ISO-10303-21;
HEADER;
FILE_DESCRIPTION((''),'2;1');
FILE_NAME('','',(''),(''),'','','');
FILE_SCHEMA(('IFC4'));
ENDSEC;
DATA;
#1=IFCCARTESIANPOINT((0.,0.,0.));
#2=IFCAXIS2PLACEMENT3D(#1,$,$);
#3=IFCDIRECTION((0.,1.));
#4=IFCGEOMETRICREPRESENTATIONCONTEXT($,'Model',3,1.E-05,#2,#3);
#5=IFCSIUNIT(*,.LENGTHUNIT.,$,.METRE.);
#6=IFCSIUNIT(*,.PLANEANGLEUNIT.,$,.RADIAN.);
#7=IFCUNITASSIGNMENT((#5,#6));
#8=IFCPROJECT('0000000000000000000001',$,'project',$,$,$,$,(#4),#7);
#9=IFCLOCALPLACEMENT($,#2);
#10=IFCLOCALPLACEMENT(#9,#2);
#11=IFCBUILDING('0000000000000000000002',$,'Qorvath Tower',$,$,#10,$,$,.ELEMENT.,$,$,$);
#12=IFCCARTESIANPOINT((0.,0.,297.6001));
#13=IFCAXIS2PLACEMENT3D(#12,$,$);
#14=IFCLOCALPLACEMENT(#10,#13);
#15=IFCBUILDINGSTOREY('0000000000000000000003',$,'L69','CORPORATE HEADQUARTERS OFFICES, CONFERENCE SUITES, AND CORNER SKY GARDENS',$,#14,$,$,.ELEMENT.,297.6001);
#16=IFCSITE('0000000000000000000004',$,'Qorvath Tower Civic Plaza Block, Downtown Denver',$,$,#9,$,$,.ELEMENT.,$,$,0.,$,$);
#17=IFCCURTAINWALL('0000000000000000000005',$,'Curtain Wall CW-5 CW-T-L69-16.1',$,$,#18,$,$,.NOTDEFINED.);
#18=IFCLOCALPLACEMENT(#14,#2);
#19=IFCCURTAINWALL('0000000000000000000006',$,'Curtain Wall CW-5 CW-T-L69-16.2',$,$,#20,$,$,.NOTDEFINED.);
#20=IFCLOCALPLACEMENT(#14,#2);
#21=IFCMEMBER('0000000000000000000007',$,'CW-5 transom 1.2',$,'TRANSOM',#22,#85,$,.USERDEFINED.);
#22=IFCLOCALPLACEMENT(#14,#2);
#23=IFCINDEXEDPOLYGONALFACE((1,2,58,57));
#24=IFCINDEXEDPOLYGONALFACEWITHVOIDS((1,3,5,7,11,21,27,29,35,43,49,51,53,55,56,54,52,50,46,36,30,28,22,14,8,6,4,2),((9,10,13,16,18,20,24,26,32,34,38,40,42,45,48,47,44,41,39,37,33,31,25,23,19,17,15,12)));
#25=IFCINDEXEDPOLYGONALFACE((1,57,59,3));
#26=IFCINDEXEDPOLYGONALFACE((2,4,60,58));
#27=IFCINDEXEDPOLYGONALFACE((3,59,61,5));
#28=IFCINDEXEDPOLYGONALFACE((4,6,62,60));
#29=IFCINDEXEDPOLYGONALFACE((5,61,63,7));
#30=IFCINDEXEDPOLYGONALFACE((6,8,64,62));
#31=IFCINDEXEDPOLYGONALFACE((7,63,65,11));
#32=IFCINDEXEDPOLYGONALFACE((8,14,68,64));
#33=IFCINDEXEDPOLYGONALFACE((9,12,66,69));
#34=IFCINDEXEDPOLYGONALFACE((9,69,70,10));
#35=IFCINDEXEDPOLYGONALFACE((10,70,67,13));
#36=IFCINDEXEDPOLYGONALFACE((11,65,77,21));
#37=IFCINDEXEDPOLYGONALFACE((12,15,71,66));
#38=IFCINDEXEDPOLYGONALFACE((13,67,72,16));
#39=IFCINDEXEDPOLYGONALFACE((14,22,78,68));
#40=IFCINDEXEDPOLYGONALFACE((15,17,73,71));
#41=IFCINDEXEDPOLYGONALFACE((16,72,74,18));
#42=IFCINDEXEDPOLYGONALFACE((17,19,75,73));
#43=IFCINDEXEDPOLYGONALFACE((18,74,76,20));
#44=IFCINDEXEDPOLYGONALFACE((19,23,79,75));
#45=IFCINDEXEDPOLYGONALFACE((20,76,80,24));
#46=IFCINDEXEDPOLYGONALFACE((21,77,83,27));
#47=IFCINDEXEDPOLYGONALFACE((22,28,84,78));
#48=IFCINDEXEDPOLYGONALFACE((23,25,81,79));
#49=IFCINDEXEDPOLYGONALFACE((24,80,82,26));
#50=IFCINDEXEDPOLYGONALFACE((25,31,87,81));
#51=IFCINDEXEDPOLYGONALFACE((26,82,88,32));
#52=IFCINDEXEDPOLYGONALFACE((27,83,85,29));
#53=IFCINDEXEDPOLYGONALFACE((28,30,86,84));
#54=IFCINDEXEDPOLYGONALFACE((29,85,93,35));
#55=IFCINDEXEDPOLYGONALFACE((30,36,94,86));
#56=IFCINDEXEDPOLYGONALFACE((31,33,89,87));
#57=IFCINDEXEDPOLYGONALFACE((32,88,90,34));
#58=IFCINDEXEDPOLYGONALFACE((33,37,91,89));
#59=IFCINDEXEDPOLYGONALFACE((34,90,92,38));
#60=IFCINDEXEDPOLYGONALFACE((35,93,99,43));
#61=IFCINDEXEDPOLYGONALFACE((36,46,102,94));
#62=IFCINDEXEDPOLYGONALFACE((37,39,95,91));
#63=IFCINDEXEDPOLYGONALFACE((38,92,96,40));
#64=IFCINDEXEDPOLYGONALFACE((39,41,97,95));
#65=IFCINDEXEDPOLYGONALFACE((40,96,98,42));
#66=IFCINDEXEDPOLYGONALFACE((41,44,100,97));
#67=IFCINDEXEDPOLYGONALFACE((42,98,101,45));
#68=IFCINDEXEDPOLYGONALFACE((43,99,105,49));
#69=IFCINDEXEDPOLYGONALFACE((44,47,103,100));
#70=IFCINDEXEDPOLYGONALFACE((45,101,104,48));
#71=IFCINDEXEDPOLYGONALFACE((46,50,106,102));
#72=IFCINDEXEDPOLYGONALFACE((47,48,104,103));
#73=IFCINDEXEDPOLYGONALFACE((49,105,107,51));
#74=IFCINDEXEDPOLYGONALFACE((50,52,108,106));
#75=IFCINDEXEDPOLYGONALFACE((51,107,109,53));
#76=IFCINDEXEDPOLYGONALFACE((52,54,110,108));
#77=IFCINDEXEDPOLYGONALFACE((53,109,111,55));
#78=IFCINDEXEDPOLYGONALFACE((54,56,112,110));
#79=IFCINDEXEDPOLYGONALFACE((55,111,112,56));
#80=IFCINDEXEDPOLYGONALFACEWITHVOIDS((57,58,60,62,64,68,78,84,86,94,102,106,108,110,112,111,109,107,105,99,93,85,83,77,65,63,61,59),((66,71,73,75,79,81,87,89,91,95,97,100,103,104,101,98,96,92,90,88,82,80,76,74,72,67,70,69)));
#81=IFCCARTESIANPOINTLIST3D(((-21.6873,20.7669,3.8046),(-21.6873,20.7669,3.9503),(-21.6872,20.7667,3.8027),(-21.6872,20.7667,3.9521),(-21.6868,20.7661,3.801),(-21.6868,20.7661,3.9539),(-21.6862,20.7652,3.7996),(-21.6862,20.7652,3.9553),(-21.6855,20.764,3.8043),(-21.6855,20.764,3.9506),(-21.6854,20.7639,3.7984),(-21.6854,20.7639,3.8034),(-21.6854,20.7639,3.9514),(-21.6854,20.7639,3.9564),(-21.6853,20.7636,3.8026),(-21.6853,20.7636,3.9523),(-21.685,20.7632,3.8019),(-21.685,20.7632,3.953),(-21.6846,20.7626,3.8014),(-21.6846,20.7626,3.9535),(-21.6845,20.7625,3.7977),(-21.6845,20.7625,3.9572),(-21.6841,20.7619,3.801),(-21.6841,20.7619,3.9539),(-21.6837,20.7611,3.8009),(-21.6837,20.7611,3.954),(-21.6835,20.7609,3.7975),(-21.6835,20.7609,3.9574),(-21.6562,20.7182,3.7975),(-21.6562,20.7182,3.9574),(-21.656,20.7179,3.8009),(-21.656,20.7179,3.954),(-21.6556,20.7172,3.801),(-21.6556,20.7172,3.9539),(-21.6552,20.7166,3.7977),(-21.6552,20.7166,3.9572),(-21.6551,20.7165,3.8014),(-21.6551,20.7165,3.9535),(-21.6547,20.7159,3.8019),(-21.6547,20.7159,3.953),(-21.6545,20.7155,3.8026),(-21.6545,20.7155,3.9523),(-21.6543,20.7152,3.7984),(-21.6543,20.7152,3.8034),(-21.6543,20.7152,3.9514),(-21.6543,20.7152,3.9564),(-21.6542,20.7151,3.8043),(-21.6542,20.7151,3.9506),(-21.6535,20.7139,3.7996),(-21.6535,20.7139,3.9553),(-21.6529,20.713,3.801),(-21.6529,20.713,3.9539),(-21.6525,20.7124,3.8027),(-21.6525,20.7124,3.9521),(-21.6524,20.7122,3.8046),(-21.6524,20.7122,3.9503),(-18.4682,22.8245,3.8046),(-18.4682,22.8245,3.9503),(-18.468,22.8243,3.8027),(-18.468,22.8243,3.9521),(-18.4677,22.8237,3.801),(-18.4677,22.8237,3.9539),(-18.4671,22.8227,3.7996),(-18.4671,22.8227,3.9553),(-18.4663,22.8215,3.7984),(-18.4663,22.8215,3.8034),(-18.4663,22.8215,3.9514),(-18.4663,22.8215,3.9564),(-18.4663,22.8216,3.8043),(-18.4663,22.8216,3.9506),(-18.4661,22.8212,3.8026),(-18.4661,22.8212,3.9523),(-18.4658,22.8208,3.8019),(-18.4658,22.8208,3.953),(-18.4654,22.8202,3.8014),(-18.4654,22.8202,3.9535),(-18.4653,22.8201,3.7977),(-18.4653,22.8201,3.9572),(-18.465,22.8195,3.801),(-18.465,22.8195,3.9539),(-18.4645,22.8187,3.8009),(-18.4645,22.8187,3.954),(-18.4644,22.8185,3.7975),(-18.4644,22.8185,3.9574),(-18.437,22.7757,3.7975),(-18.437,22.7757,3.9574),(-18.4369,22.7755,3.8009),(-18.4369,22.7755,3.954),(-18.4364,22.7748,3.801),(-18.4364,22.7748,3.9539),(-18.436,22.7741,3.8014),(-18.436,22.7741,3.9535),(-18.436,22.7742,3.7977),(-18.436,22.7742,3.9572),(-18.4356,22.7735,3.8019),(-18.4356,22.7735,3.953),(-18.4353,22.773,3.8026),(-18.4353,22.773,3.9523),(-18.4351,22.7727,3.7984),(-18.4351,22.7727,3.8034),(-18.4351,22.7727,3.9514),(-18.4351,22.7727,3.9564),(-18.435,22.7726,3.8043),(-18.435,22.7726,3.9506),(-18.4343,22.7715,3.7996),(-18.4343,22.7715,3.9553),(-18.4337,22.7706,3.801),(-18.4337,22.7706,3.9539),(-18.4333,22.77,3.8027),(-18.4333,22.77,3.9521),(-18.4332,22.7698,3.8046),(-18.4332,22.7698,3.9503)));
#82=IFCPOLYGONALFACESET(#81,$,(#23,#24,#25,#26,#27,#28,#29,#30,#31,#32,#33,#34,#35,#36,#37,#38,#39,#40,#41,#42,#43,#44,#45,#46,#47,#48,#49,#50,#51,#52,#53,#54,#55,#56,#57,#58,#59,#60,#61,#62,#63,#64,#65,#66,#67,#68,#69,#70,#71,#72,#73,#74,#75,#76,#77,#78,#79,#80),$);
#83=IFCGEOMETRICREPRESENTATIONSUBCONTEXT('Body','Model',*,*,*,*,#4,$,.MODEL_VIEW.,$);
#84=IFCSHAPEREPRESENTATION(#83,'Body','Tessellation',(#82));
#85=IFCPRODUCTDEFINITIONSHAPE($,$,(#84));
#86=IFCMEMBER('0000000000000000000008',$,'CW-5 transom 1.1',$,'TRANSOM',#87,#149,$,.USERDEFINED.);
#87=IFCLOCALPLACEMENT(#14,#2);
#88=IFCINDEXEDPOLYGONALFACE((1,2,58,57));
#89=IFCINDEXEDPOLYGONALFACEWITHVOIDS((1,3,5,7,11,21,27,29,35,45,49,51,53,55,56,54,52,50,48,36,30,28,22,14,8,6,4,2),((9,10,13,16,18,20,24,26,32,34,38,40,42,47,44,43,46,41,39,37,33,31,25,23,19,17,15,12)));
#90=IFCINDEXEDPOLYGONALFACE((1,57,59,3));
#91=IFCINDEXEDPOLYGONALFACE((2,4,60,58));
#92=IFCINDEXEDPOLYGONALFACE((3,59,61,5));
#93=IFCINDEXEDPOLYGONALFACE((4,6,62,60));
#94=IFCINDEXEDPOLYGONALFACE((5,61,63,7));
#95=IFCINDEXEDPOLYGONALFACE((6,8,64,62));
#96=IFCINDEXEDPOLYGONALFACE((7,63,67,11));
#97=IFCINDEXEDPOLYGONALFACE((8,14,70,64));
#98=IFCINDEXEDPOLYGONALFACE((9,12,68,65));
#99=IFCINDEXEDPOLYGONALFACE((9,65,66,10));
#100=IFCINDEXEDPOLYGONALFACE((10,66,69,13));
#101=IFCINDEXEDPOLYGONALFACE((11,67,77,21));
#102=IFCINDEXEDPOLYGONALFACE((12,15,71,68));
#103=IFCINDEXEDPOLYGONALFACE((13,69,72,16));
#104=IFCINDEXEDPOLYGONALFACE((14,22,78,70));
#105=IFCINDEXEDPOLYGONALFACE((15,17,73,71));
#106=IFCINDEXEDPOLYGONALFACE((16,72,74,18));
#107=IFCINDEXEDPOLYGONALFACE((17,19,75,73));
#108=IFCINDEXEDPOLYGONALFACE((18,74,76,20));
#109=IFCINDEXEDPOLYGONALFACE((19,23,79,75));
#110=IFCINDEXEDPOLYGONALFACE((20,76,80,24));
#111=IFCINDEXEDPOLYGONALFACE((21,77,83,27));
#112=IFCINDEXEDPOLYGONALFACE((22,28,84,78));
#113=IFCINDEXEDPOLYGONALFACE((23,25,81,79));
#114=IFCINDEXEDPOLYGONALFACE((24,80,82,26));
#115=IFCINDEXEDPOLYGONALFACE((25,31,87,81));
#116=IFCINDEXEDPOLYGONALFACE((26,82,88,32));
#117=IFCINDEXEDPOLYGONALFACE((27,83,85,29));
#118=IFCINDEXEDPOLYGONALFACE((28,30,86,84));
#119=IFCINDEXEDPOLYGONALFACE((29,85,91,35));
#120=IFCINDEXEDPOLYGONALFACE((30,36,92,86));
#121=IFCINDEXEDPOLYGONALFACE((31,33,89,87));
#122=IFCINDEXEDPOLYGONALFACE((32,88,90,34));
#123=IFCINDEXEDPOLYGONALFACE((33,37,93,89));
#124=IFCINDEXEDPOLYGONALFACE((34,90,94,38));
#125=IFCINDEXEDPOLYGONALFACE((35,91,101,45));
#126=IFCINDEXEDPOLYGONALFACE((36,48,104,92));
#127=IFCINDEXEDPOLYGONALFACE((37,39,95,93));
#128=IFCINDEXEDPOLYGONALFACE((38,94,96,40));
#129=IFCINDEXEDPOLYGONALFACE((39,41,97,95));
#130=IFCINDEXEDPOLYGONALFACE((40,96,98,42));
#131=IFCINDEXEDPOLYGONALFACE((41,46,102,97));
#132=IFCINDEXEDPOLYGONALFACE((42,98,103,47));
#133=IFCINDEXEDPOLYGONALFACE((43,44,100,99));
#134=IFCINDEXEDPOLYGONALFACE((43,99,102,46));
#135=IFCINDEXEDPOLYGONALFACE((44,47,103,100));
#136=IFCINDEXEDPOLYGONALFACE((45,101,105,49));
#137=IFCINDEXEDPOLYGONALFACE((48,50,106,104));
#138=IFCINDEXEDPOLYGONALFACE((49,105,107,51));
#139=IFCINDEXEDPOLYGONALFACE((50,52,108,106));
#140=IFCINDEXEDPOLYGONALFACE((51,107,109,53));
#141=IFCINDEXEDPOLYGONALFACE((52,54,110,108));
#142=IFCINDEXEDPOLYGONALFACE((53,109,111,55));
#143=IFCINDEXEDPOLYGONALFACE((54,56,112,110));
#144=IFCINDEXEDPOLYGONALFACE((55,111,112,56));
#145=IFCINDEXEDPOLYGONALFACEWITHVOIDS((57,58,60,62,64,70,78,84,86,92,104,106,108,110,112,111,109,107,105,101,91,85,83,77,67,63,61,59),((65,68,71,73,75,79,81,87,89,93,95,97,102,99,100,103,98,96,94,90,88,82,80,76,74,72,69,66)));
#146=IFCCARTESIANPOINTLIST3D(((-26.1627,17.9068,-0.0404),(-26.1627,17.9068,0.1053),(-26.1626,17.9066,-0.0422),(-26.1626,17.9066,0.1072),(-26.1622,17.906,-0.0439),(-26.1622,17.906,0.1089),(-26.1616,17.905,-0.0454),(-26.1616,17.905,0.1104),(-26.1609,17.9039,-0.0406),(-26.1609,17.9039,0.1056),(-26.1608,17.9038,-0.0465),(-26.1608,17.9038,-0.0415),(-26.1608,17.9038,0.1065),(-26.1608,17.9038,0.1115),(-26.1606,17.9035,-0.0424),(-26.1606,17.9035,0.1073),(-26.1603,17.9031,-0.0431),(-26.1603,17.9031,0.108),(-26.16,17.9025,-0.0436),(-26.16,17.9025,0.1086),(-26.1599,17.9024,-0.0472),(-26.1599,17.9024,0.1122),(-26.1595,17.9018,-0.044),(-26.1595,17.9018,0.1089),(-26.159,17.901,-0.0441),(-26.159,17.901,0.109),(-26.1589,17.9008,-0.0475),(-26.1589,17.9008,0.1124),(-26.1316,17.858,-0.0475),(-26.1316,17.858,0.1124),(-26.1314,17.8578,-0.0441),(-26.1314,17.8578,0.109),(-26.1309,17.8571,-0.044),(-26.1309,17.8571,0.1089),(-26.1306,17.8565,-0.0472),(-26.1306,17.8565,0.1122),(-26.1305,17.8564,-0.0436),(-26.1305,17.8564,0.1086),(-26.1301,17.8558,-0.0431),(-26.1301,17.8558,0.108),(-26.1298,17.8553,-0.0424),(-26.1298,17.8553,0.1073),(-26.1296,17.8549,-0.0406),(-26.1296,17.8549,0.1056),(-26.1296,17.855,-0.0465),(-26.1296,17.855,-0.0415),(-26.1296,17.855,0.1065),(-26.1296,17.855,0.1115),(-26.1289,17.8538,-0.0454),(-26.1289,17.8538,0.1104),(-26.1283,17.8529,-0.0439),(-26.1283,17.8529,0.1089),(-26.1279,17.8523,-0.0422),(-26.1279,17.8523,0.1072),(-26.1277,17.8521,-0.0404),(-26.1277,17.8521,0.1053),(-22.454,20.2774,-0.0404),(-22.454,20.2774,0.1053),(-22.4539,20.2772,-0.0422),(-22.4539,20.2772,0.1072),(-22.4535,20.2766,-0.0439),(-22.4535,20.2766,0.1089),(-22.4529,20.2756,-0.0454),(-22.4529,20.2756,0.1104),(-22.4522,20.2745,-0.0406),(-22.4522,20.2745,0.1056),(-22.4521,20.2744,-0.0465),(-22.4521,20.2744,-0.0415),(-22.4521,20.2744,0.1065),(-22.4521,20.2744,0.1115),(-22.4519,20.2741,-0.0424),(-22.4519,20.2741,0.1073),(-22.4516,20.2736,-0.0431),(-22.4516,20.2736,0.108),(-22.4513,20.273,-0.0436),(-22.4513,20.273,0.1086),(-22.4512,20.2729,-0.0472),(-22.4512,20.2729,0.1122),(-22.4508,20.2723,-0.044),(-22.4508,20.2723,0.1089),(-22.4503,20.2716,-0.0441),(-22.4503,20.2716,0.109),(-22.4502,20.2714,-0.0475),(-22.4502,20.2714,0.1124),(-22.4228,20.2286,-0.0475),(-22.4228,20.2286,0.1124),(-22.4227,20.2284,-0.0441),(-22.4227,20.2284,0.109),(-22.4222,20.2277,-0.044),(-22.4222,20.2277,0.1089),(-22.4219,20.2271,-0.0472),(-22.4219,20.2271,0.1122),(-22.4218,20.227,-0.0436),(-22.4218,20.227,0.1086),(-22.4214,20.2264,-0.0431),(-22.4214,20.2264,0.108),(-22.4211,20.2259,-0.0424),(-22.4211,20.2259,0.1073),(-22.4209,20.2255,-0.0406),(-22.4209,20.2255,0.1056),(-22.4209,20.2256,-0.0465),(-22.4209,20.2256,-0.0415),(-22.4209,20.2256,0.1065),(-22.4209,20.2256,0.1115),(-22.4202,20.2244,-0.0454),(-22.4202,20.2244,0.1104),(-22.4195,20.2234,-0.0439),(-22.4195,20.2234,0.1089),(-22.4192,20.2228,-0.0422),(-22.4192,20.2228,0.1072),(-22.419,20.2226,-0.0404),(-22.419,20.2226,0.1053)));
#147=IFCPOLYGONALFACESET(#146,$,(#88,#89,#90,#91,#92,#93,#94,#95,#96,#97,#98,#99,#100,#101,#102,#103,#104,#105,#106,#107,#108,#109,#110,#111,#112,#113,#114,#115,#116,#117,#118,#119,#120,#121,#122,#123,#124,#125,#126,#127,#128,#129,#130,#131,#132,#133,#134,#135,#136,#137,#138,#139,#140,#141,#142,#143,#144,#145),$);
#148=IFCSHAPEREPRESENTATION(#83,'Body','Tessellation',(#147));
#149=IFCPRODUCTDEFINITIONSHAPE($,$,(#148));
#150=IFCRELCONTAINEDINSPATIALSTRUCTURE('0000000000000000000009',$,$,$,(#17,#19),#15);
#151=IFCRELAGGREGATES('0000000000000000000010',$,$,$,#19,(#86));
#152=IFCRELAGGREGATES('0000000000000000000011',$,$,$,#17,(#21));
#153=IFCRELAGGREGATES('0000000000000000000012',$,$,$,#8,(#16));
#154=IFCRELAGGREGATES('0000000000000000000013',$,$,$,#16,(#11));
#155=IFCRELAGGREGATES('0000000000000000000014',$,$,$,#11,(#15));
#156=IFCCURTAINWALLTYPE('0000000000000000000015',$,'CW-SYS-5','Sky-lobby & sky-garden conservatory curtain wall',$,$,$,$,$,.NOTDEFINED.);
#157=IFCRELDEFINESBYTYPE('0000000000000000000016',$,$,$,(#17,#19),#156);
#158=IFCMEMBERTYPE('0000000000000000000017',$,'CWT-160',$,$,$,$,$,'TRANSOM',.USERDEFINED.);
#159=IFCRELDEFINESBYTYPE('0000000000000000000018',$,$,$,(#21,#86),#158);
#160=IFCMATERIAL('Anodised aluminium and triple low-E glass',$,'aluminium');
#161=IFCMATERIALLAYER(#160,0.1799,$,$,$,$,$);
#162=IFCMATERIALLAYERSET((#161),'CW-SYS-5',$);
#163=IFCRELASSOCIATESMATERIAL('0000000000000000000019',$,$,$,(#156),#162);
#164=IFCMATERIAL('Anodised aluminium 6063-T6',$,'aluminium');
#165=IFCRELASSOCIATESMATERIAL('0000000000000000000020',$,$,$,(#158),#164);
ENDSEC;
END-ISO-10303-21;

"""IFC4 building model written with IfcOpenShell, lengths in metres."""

from ifc_helpers import new_model, si_unit, direction, frame, origin, origin_2d, place, context, subcontext, project, spatial, hollow_rectangle, extrude, material, layer, layer_set, material_profile, profile_set, type_object, element, aggregate, save


model = new_model("IFC4")

# Units and contexts
model_context = context("Model", 3, precision=1e-05, world=origin(), true_north=direction((0.0, 1.0)))
body_context = subcontext(model_context, "Body", "Model", "MODEL_VIEW")
ifc_project = project(units=[si_unit("LENGTHUNIT", "METRE"), si_unit("PLANEANGLEUNIT", "RADIAN")], contexts=[model_context])

# Site, building, storey
site_placement = place(None, origin())
site = spatial("IfcSite", under=ifc_project, at=site_placement, Name="Qorvath Tower Civic Plaza Block, Downtown Denver", CompositionType="ELEMENT", RefElevation=0.0)
building_placement = place(site_placement, origin())
building = spatial("IfcBuilding", under=site, at=building_placement, Name="Qorvath Tower", CompositionType="ELEMENT")
storey_placement = place(building_placement, frame((0.0, 0.0, 297.6001)))
storey = spatial("IfcBuildingStorey", under=building, at=storey_placement, Name="L69", Description="CORPORATE HEADQUARTERS OFFICES, CONFERENCE SUITES, AND CORNER SKY GARDENS", CompositionType="ELEMENT", Elevation=297.6001)

# Shared definitions
ifc_material_1 = material(Name="Anodised aluminium and triple low-E glass", Category="aluminium")
ifc_layer_1 = layer(ifc_material_1, 0.1799)
ifc_layer_set_1 = layer_set([ifc_layer_1], Name="CW-SYS-5")
curtain_wall_type = type_object("IfcCurtainWallType", Name="CW-SYS-5", Description="Sky-lobby & sky-garden conservatory curtain wall", PredefinedType="NOTDEFINED", material=ifc_layer_set_1)

# Curtain wall
curtain_wall_1_placement = place(storey_placement, origin())
curtain_wall_1 = element("IfcCurtainWall", 1, at=curtain_wall_1_placement, inside=storey, type_object=curtain_wall_type, Name="Curtain Wall CW-5 CW-T-L69-16.1", PredefinedType="NOTDEFINED")

# Curtain wall
curtain_wall_2_placement = place(storey_placement, origin())
curtain_wall_2 = element("IfcCurtainWall", 2, at=curtain_wall_2_placement, inside=storey, type_object=curtain_wall_type, Name="Curtain Wall CW-5 CW-T-L69-16.2", PredefinedType="NOTDEFINED")

# Members
ifc_material_2 = material(Name="Anodised aluminium 6063-T6", Category="aluminium")
ifc_material_profile_1 = material_profile(ifc_material_2, hollow_rectangle(XDim=0.0649, YDim=0.1599, WallThickness=0.0034, InnerFilletRadius=0.0034, OuterFilletRadius=0.0071, at=origin_2d()), Name="CWT 160x65")
ifc_profile_set_1 = profile_set([ifc_material_profile_1], Name="Anodised aluminium 6063-T6")
member_type_1 = type_object("IfcMemberType", Name="CWT-160", ElementType="TRANSOM", PredefinedType="USERDEFINED", material=ifc_profile_set_1)
member_1_placement = place(storey_placement, frame((-18.4507, 22.7971, 3.8774), z_axis=(-0.842592, -0.538553, 0.0), x_axis=(0.538553, -0.842592, 0.0)))
member_1 = element("IfcMember", 3, at=member_1_placement, type_object=member_type_1, Name="CW-5 transom 1.2", ObjectType="TRANSOM", PredefinedType="USERDEFINED", context=body_context, shape_type="SweptSolid", body=[
    extrude(hollow_rectangle(XDim=0.0649, YDim=0.1599, WallThickness=0.0034, InnerFilletRadius=0.0034, OuterFilletRadius=0.0071, at=origin_2d()), origin(), (0.0, 0.0, 1.0), 3.8206),
])
member_2_placement = place(storey_placement, frame((-22.4365, 20.25, 0.0325), z_axis=(-0.84258, -0.538572, 0.0), x_axis=(0.538572, -0.84258, 0.0)))
member_2 = element("IfcMember", 4, at=member_2_placement, type_object=member_type_1, Name="CW-5 transom 1.1", ObjectType="TRANSOM", PredefinedType="USERDEFINED", context=body_context, shape_type="SweptSolid", body=[
    extrude(hollow_rectangle(XDim=0.0649, YDim=0.1599, WallThickness=0.0034, InnerFilletRadius=0.0034, OuterFilletRadius=0.0071, at=origin_2d()), origin(), (0.0, 0.0, 1.0), 4.4016),
])
aggregate(curtain_wall_2, [member_2])

aggregate(curtain_wall_1, [member_1])

save(model, "model.ifc")
